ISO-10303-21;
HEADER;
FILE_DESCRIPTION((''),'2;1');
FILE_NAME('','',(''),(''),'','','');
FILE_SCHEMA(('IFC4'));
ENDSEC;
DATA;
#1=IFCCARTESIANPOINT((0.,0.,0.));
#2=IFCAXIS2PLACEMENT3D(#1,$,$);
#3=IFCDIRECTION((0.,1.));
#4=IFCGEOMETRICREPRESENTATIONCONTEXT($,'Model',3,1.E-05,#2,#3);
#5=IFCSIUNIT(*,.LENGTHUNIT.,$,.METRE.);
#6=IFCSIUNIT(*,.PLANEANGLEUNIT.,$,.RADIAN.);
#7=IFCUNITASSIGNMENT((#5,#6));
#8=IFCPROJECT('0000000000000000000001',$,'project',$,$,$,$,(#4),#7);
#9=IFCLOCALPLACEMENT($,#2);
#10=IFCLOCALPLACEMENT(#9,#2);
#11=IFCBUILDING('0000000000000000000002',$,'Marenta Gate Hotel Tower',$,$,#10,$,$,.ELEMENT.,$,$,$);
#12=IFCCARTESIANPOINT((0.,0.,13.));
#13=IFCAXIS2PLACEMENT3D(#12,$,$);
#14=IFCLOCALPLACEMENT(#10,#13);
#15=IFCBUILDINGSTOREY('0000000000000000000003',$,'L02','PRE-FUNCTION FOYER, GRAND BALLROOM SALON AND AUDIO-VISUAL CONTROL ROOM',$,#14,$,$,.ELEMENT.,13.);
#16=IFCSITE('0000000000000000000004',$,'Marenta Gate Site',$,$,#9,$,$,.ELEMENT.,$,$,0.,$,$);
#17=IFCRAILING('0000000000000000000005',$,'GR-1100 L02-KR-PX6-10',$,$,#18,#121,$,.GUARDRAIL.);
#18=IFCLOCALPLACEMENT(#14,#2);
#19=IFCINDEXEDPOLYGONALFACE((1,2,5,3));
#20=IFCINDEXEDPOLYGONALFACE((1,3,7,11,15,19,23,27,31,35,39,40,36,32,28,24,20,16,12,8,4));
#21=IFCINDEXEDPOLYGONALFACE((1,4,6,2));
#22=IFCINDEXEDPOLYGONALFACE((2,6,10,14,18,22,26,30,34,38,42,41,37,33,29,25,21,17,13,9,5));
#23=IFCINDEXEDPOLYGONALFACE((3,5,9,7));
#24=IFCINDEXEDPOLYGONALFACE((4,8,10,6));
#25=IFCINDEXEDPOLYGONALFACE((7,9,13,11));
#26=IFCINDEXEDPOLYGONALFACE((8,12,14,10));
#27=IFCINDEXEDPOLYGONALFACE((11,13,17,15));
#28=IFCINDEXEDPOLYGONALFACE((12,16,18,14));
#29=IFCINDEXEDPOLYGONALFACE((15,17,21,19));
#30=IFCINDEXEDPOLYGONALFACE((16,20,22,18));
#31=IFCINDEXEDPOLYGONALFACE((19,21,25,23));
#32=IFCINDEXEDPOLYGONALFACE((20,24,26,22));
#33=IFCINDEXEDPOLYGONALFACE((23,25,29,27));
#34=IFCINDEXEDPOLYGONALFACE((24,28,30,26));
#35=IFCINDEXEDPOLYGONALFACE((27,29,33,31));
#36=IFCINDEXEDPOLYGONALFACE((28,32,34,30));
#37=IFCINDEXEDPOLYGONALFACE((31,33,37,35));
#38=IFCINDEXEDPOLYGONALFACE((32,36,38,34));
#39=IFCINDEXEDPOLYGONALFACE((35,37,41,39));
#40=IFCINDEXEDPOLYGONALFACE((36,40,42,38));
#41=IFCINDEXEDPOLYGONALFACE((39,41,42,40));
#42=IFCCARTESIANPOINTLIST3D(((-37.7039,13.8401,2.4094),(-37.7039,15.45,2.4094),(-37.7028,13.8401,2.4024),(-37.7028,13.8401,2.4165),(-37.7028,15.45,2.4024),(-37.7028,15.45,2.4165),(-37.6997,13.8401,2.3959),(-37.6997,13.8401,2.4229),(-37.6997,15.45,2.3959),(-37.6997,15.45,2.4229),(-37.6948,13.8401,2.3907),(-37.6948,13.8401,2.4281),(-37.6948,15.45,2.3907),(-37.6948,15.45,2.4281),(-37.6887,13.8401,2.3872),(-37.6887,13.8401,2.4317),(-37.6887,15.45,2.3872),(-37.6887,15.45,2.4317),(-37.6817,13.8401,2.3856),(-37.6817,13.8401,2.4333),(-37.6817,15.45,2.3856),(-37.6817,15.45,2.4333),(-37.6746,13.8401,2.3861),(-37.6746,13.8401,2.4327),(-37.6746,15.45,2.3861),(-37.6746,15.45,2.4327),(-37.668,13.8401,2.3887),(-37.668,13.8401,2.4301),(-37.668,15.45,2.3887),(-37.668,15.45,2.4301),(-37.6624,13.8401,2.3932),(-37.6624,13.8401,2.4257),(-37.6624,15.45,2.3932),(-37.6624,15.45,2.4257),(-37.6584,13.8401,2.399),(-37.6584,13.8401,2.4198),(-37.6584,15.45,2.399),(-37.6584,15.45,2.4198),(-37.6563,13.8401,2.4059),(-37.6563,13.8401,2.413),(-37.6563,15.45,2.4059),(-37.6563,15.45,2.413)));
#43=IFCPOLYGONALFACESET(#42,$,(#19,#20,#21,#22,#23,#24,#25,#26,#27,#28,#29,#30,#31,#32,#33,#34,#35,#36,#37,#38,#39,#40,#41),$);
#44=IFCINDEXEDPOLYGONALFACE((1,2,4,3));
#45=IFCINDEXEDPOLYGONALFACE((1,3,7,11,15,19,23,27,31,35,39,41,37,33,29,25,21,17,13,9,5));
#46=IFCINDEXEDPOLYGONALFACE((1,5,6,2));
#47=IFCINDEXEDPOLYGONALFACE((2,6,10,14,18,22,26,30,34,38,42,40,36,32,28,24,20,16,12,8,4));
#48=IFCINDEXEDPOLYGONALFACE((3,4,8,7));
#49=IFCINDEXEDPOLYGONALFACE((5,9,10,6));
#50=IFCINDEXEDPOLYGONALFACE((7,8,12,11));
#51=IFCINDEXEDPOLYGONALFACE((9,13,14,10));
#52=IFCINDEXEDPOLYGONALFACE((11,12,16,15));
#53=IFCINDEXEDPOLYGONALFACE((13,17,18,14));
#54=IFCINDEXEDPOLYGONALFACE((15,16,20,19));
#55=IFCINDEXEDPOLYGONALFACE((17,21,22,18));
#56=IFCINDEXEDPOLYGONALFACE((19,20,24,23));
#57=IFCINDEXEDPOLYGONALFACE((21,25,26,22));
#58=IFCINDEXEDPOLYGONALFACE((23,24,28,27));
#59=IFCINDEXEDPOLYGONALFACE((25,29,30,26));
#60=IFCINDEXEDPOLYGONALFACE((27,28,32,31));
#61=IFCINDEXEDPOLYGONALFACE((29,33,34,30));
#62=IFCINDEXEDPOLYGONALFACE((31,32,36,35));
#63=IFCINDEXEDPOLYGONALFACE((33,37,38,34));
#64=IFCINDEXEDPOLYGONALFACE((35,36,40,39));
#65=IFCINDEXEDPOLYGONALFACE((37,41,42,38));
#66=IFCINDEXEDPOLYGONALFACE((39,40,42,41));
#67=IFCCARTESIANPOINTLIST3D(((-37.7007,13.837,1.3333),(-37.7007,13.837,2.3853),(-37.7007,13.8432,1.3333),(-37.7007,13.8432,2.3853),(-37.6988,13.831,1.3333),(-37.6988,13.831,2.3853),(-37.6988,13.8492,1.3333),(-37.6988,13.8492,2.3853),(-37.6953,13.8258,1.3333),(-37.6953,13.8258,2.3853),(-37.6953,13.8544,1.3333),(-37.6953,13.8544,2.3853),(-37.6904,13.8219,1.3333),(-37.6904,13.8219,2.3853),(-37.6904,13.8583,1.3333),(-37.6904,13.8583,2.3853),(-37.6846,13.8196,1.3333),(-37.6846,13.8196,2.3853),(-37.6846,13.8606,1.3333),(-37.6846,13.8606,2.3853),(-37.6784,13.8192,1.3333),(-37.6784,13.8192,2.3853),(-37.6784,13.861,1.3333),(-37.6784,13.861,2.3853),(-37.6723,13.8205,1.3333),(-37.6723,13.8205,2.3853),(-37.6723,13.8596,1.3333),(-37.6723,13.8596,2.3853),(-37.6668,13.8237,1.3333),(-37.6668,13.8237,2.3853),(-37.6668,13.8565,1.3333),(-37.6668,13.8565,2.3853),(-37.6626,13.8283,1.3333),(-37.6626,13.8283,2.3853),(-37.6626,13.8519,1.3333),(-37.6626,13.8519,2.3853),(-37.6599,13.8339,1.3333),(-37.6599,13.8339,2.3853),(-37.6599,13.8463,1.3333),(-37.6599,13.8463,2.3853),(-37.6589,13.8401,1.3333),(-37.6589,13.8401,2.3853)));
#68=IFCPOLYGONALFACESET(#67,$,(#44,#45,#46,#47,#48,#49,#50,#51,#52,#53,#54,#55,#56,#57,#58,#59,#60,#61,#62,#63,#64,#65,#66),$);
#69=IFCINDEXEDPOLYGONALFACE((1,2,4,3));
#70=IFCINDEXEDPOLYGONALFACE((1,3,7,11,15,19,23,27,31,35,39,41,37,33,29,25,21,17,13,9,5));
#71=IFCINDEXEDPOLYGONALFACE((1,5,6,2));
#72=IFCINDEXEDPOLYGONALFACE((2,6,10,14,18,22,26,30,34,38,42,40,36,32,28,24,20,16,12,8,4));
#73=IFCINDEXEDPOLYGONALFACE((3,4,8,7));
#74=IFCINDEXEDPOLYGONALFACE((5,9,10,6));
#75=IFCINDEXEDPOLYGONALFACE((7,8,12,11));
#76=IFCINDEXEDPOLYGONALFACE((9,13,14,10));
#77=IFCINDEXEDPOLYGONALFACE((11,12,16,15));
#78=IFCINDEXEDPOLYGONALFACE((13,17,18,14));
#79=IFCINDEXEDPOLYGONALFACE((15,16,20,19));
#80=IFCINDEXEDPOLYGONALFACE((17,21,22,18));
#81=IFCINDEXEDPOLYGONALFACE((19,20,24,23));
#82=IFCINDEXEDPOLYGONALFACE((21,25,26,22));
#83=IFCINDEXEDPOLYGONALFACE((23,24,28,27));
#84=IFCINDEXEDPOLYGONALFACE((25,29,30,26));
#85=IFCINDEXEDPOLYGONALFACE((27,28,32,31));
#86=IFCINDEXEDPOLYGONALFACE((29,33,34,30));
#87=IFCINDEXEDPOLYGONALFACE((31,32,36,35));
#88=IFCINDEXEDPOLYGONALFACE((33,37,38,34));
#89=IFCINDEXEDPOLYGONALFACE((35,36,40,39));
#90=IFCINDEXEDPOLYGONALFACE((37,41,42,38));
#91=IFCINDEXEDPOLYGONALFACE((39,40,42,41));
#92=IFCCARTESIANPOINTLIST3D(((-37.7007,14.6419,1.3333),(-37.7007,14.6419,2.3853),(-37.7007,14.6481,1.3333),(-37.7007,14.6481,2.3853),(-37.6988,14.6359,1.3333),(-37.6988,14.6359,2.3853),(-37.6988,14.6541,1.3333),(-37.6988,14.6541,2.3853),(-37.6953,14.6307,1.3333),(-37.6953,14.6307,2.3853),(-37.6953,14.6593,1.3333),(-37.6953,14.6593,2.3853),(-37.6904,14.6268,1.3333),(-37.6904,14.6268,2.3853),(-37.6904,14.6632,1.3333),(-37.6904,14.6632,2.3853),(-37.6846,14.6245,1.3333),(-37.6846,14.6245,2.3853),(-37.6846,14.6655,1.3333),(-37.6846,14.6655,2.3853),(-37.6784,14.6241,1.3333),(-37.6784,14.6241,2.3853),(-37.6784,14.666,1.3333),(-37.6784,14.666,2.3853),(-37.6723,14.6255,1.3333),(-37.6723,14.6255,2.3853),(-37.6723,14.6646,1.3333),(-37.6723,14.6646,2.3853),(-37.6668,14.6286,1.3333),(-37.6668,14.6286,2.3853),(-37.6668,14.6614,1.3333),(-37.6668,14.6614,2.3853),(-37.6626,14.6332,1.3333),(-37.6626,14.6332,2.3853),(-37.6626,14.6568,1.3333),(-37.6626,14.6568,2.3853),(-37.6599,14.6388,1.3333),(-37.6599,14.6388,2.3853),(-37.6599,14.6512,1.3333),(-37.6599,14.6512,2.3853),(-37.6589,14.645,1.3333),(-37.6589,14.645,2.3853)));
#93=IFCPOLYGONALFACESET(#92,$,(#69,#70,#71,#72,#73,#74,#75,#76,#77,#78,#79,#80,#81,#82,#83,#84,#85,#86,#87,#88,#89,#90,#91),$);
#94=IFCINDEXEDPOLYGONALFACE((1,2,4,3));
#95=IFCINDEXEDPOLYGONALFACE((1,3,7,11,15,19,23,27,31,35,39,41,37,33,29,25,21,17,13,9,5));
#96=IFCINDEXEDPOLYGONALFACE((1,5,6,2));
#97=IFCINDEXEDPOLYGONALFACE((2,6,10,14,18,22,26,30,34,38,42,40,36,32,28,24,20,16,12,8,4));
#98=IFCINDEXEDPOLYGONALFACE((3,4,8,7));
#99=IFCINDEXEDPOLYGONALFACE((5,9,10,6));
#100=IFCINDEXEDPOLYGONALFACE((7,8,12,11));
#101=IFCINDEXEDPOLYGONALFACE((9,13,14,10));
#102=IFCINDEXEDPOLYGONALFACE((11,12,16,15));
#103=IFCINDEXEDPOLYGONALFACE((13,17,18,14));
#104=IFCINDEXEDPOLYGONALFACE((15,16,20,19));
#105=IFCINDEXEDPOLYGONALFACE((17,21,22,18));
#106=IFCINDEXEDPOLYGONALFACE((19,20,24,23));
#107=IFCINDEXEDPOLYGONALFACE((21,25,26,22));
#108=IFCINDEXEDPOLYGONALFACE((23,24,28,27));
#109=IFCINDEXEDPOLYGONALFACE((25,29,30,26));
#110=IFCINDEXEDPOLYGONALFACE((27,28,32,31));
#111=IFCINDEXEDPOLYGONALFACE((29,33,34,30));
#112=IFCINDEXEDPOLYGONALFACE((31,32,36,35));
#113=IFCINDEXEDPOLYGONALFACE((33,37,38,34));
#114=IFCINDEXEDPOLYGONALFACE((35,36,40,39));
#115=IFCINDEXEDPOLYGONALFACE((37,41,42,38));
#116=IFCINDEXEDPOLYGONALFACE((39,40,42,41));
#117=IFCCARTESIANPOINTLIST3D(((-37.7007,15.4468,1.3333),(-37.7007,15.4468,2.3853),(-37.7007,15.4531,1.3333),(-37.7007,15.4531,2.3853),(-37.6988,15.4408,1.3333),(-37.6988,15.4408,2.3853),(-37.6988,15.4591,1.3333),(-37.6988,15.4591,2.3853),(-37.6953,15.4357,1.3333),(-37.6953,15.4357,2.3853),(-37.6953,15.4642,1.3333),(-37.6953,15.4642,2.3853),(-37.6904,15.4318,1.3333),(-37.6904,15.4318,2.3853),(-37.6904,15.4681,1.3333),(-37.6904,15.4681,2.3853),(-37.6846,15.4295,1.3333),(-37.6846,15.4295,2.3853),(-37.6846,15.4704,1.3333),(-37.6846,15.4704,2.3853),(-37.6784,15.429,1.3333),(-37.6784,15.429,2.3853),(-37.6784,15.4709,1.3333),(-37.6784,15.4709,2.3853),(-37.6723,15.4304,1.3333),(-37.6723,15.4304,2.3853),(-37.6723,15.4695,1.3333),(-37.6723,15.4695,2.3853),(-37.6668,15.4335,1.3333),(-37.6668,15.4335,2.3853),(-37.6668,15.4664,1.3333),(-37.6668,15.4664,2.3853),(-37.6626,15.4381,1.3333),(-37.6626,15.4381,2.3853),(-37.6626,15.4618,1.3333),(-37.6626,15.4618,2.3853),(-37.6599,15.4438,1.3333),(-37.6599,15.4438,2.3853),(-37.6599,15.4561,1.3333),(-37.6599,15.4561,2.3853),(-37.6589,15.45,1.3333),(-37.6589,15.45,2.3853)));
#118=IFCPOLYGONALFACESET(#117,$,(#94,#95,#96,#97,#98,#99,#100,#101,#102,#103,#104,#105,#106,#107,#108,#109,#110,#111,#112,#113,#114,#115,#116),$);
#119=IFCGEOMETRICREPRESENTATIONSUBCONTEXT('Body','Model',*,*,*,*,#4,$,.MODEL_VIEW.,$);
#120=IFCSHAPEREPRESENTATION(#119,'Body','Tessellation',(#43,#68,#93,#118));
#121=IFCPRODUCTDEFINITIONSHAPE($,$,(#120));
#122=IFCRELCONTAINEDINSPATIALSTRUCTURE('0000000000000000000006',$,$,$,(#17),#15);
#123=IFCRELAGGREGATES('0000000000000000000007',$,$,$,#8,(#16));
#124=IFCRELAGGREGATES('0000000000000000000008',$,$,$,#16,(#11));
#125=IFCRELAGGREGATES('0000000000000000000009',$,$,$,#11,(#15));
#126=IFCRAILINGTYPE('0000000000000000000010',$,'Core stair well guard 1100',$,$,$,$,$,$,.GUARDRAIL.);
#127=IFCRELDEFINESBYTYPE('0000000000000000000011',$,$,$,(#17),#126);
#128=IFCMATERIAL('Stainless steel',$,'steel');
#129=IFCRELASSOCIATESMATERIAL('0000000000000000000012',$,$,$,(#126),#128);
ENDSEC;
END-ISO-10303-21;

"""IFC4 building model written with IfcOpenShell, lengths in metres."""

from ifc_helpers import new_model, si_unit, direction, frame, origin, origin_2d, place, context, subcontext, project, spatial, circle, extrude, material, type_object, element, save


model = new_model("IFC4")

# Units and contexts
model_context = context("Model", 3, precision=1e-05, world=origin(), true_north=direction((0.0, 1.0)))
body_context = subcontext(model_context, "Body", "Model", "MODEL_VIEW")
ifc_project = project(units=[si_unit("LENGTHUNIT", "METRE"), si_unit("PLANEANGLEUNIT", "RADIAN")], contexts=[model_context])

# Site, building, storey
site_placement = place(None, origin())
site = spatial("IfcSite", under=ifc_project, at=site_placement, Name="Marenta Gate Site", CompositionType="ELEMENT", RefElevation=0.0)
building_placement = place(site_placement, origin())
building = spatial("IfcBuilding", under=site, at=building_placement, Name="Marenta Gate Hotel Tower", CompositionType="ELEMENT")
storey_placement = place(building_placement, frame((0.0, 0.0, 13.0)))
storey = spatial("IfcBuildingStorey", under=building, at=storey_placement, Name="L02", Description="PRE-FUNCTION FOYER, GRAND BALLROOM SALON AND AUDIO-VISUAL CONTROL ROOM", CompositionType="ELEMENT", Elevation=13.0)

# Railing
ifc_material_1 = material(Name="Stainless steel", Category="steel")
railing_type_1 = type_object("IfcRailingType", Name="Core stair well guard 1100", PredefinedType="GUARDRAIL", material=ifc_material_1)
railing_1_placement = place(storey_placement, frame((-37.6799, 13.8401, 1.3333)))
element("IfcRailing", 1, at=railing_1_placement, inside=storey, type_object=railing_type_1, Name="GR-1100 L02-KR-PX6-10", PredefinedType="GUARDRAIL", context=body_context, shape_type="SweptSolid", body=[
    extrude(circle(Radius=0.0239, at=origin_2d()), frame((0.0, 0.0, 1.0762), z_axis=(0.0, 1.0, 0.0), x_axis=(-1.0, 0.0, 0.0)), (0.0, 0.0, 1.0), 1.6099),
    extrude(circle(Radius=0.021, at=origin_2d()), origin(), (0.0, 0.0, 1.0), 1.052),
    extrude(circle(Radius=0.021, at=origin_2d()), frame((0.0, 0.8049, 0.0)), (0.0, 0.0, 1.0), 1.052),
    extrude(circle(Radius=0.021, at=origin_2d()), frame((0.0, 1.6099, 0.0)), (0.0, 0.0, 1.0), 1.052),
])

save(model, "model.ifc")
